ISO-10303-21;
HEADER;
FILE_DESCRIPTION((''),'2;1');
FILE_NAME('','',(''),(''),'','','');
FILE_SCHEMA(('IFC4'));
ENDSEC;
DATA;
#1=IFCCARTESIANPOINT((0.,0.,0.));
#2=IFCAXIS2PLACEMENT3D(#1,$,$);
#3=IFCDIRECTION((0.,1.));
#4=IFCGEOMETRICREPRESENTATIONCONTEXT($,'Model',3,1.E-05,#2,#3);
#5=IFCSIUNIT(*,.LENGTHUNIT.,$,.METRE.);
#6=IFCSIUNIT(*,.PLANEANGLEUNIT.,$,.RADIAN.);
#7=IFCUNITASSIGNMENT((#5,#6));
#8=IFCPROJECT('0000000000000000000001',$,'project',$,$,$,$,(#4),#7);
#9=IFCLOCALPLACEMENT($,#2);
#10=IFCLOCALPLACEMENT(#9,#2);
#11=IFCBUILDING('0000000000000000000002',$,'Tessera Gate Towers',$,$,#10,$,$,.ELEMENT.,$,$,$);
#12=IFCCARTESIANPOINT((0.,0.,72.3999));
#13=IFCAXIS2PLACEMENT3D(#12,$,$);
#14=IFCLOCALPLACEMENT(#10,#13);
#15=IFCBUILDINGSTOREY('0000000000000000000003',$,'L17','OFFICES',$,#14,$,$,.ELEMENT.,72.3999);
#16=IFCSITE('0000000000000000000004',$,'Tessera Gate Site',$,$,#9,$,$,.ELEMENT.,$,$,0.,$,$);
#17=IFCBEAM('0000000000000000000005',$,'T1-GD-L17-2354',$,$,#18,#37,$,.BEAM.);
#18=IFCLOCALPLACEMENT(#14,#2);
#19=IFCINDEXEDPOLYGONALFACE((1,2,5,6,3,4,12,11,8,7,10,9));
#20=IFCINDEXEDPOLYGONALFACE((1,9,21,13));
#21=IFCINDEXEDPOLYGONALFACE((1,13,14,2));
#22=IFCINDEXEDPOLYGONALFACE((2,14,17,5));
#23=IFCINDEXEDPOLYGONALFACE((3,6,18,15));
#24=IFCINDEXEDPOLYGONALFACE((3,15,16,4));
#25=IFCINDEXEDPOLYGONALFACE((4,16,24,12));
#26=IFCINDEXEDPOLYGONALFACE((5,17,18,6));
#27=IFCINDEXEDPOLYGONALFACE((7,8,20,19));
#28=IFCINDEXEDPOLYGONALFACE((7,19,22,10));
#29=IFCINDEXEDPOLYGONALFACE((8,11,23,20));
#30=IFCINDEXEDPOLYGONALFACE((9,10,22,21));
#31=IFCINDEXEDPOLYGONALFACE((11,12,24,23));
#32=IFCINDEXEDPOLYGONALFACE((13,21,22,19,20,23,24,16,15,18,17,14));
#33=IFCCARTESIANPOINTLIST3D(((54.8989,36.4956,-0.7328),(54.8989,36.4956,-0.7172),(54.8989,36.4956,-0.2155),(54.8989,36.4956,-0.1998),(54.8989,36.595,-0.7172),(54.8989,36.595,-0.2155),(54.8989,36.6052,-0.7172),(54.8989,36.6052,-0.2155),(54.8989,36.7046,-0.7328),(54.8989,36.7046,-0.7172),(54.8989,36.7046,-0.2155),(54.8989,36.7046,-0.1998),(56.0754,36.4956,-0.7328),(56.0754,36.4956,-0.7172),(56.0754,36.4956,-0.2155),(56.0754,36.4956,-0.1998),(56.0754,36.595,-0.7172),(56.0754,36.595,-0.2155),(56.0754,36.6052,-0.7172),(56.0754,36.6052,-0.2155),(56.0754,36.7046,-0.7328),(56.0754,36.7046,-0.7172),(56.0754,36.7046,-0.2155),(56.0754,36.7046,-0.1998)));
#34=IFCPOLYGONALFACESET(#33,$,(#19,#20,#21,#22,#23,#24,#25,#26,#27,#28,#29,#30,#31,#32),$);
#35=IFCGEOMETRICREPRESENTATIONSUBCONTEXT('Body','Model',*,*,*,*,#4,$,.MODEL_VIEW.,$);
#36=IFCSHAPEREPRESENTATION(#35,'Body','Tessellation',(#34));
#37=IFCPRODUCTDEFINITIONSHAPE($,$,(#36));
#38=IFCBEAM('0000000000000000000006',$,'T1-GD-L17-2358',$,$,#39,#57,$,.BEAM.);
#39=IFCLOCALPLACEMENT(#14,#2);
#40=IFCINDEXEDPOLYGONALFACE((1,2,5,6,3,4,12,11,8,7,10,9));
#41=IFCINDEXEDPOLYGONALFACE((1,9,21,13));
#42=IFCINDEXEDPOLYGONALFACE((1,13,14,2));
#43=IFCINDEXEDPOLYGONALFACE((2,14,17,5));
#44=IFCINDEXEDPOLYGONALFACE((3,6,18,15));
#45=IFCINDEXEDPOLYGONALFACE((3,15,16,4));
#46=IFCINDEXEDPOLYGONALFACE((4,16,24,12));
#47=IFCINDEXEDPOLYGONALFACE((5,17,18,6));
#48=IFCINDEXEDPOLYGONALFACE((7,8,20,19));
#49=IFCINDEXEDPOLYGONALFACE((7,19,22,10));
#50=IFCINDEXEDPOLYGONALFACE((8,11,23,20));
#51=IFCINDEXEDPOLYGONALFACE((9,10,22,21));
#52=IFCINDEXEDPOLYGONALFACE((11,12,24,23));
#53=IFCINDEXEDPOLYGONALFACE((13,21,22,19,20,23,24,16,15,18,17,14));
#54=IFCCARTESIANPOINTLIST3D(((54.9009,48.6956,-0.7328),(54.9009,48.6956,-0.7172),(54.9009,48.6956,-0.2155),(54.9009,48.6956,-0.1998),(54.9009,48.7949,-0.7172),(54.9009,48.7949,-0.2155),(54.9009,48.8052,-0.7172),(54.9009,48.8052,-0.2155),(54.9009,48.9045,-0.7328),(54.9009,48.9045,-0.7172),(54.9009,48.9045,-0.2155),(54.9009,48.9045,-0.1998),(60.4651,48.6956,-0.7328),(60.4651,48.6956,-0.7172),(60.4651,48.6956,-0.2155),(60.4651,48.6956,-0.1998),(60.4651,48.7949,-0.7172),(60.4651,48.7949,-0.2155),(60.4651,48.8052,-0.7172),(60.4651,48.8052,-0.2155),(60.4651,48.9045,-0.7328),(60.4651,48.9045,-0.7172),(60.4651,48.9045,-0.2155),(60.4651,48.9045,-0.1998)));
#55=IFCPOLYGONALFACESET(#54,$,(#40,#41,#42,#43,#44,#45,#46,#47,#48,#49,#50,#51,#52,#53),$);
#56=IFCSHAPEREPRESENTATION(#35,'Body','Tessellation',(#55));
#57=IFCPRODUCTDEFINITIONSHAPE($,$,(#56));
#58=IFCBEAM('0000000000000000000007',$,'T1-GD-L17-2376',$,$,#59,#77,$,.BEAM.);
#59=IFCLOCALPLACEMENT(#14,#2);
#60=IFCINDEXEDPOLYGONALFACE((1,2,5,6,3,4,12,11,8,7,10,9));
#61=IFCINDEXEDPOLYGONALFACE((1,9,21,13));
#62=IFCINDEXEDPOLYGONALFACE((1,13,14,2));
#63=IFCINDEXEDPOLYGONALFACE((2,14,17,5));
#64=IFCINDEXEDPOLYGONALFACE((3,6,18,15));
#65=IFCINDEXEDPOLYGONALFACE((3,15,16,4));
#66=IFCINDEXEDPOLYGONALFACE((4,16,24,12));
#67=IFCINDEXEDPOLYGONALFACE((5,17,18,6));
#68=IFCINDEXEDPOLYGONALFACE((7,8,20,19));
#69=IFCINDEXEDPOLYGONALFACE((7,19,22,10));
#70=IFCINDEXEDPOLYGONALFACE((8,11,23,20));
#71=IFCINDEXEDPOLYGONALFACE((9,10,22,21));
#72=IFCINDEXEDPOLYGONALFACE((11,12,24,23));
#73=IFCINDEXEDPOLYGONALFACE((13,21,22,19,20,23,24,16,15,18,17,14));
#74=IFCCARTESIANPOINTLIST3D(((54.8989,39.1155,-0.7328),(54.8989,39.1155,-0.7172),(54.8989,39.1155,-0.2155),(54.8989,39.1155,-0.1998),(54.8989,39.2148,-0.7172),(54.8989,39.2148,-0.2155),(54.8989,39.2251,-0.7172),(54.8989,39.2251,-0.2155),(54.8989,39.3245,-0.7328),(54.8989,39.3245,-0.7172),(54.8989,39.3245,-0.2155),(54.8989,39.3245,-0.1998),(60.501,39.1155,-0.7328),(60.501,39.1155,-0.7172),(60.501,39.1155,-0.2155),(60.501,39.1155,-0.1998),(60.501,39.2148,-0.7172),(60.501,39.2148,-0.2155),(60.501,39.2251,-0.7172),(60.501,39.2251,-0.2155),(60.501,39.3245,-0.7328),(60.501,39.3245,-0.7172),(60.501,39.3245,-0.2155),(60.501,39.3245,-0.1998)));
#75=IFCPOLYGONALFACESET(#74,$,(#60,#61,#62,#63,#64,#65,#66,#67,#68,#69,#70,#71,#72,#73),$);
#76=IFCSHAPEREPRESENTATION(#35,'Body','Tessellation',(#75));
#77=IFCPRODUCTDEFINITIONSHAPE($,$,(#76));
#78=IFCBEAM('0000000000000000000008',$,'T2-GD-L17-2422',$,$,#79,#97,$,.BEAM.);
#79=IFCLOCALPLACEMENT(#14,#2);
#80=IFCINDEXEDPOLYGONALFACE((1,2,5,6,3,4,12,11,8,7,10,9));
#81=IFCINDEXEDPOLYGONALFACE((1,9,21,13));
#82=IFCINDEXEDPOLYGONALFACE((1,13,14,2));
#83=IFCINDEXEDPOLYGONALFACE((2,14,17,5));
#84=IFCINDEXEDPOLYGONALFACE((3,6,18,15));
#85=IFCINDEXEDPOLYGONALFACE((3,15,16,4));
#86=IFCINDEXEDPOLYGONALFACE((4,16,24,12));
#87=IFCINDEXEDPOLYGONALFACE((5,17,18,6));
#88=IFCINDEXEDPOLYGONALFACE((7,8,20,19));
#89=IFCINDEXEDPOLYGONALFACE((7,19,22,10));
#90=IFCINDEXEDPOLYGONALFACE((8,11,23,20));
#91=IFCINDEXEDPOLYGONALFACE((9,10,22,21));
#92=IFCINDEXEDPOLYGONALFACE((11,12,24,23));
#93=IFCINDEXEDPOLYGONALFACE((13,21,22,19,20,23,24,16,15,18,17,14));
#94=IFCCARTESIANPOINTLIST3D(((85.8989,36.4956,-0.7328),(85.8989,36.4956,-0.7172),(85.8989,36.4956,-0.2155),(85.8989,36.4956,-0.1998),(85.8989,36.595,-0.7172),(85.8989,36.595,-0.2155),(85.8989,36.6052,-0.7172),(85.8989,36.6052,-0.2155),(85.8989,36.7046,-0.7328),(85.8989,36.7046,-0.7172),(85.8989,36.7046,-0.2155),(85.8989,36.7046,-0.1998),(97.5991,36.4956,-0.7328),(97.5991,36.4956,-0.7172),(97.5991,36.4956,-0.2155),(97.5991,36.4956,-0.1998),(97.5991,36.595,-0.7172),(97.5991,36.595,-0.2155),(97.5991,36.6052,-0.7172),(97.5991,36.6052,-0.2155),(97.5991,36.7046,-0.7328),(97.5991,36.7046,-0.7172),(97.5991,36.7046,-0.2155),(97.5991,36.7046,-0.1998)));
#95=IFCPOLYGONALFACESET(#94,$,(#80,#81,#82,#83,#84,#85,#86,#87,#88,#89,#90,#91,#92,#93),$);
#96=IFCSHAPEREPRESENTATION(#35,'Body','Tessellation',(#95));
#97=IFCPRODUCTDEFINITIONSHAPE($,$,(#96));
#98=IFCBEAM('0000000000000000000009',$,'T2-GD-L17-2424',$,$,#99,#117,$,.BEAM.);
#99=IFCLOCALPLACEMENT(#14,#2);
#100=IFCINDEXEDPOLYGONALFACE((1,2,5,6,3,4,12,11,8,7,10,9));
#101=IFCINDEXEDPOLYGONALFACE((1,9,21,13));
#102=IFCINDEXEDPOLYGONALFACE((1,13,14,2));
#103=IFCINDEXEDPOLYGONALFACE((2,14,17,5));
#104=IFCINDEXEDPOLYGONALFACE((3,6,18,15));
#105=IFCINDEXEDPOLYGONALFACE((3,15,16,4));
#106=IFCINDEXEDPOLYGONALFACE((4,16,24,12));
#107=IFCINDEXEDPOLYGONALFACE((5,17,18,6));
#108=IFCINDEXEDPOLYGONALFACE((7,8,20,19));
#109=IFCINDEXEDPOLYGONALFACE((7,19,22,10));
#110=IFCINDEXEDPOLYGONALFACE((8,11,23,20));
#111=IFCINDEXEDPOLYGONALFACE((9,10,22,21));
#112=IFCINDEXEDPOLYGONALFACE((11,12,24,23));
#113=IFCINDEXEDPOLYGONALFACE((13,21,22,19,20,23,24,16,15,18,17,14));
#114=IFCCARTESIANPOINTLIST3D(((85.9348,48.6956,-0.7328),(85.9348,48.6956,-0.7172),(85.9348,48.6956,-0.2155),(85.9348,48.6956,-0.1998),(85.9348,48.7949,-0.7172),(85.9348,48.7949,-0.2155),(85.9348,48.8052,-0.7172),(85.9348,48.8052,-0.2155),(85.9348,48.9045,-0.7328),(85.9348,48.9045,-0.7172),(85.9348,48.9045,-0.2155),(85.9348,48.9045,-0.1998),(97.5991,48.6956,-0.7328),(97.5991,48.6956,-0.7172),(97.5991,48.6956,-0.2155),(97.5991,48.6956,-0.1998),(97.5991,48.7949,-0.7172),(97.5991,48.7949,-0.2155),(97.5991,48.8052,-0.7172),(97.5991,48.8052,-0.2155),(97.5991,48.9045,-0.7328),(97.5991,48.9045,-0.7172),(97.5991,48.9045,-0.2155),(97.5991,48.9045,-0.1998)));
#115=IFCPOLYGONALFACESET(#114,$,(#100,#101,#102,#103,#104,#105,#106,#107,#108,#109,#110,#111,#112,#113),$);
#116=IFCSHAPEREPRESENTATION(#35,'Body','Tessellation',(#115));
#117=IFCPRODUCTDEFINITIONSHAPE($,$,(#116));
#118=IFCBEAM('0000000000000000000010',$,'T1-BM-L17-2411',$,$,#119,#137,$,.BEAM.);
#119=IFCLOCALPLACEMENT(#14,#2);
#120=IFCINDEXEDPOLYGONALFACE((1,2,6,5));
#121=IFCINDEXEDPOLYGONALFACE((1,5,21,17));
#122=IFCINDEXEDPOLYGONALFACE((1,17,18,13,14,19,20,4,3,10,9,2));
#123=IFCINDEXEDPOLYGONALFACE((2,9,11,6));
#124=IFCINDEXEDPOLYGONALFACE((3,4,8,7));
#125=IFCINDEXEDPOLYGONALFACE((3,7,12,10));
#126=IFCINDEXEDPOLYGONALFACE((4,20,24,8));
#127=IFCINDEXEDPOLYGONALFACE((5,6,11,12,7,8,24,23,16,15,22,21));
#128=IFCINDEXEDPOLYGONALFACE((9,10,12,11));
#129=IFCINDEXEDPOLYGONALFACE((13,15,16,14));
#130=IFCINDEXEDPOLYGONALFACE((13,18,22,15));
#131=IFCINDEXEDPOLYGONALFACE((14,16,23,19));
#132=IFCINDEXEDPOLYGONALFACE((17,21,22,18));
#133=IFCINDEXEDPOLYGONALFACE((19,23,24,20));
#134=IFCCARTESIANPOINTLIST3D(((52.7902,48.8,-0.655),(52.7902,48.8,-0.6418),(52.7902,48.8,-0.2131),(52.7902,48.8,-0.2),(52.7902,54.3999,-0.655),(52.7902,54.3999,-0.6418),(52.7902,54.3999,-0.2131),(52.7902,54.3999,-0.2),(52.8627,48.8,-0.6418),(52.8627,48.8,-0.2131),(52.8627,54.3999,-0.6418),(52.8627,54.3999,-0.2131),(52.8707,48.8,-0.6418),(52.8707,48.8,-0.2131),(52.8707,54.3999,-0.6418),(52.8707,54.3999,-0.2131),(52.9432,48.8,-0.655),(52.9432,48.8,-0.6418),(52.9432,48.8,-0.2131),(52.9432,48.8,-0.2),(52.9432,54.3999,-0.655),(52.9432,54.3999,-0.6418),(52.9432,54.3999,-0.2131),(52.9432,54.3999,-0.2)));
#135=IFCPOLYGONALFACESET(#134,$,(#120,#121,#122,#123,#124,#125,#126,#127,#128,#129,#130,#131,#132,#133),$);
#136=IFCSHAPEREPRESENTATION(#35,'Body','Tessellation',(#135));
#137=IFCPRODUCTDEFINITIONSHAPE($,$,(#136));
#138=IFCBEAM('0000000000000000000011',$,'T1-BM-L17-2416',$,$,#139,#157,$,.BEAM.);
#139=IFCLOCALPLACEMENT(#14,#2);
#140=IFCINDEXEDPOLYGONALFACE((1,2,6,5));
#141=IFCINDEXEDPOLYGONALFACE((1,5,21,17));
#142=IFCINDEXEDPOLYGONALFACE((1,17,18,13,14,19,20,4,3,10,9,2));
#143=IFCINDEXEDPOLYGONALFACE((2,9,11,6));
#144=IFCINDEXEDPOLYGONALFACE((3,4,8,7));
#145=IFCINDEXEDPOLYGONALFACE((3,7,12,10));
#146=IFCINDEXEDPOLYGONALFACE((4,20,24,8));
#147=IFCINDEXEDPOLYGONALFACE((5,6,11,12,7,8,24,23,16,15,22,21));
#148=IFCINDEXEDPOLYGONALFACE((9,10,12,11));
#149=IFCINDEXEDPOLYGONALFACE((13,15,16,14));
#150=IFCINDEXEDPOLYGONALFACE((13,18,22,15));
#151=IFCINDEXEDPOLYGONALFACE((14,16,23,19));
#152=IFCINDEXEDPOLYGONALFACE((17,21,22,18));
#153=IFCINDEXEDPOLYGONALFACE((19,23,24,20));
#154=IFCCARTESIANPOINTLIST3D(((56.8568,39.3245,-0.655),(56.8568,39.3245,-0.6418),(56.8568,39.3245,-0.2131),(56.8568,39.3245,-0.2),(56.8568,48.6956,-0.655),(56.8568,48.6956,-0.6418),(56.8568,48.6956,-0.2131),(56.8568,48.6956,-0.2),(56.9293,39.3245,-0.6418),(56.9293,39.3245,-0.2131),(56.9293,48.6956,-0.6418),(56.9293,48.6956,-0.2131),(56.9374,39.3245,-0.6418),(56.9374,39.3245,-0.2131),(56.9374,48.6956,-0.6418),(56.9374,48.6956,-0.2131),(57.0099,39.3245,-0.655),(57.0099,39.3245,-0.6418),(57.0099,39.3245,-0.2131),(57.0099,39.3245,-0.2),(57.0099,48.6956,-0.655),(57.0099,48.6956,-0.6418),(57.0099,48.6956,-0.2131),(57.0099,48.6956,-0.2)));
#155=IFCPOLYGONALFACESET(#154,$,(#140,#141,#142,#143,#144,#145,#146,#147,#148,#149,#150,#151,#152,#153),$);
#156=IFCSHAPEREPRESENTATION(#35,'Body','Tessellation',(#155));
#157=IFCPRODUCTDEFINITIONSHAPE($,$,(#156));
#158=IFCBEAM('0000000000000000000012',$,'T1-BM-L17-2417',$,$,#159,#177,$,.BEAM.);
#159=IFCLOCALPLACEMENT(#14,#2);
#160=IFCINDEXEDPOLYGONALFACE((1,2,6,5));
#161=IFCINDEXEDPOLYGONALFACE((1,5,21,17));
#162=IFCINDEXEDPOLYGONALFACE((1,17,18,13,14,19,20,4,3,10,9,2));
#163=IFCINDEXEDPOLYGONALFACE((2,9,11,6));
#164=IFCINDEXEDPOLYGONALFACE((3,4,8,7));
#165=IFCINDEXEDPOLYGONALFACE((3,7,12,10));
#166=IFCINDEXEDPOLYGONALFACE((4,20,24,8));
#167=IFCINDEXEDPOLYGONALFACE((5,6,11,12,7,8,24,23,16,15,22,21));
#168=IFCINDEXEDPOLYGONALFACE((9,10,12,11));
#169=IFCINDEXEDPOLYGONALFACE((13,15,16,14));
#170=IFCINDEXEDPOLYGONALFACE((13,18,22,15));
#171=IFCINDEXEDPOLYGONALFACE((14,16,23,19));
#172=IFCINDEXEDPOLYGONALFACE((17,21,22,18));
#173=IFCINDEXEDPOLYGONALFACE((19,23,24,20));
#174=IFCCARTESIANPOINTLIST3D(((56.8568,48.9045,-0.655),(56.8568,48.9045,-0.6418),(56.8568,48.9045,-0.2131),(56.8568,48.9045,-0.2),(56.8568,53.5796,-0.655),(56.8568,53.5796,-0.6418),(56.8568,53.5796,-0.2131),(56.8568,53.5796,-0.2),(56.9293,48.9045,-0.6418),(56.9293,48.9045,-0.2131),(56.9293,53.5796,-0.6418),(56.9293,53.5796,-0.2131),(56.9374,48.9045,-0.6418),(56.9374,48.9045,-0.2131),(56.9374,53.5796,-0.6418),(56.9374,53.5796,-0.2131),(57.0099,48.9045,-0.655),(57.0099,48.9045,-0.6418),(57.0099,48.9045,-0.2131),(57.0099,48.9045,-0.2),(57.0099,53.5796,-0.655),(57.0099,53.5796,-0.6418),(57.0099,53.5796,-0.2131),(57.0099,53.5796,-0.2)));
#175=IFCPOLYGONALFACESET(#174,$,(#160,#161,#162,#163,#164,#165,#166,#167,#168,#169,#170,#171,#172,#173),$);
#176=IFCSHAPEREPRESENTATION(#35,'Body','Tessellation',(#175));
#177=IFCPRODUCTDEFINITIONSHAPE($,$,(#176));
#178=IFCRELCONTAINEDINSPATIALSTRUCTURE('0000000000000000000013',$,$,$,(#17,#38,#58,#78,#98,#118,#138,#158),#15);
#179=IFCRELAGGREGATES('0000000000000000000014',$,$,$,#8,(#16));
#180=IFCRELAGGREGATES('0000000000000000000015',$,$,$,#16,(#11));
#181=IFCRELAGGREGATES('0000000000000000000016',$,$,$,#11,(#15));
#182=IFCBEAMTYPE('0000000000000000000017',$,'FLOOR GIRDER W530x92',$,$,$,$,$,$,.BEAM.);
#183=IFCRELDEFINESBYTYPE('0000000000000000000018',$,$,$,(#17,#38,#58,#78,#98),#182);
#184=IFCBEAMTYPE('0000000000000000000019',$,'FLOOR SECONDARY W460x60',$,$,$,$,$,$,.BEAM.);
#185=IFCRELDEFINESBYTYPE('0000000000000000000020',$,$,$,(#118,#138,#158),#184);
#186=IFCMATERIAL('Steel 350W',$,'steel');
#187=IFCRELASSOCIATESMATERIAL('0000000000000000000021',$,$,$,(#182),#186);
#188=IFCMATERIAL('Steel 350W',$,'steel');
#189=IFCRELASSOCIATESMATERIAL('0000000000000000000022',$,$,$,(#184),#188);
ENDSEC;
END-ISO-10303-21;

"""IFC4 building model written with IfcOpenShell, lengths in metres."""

from ifc_helpers import new_model, si_unit, direction, frame, origin, origin_2d, place, context, subcontext, project, spatial, i_section, extrude, material, material_profile, profile_set, type_object, element, save


model = new_model("IFC4")

# Units and contexts
model_context = context("Model", 3, precision=1e-05, world=origin(), true_north=direction((0.0, 1.0)))
body_context = subcontext(model_context, "Body", "Model", "MODEL_VIEW")
ifc_project = project(units=[si_unit("LENGTHUNIT", "METRE"), si_unit("PLANEANGLEUNIT", "RADIAN")], contexts=[model_context])

# Site, building, storey
site_placement = place(None, origin())
site = spatial("IfcSite", under=ifc_project, at=site_placement, Name="Tessera Gate Site", CompositionType="ELEMENT", RefElevation=0.0)
building_placement = place(site_placement, origin())
building = spatial("IfcBuilding", under=site, at=building_placement, Name="Tessera Gate Towers", CompositionType="ELEMENT")
storey_placement = place(building_placement, frame((0.0, 0.0, 72.3999)))
storey = spatial("IfcBuildingStorey", under=building, at=storey_placement, Name="L17", Description="OFFICES", CompositionType="ELEMENT", Elevation=72.3999)

# Beams
ifc_material_1 = material(Name="Steel 350W", Category="steel")
ifc_material_profile_1 = material_profile(ifc_material_1, i_section(OverallWidth=0.209, OverallDepth=0.533, WebThickness=0.0103, FlangeThickness=0.0156, at=origin_2d()), Name="W530x92")
ifc_profile_set_1 = profile_set([ifc_material_profile_1], Name="Steel 350W")
beam_type_1 = type_object("IfcBeamType", Name="FLOOR GIRDER W530x92", PredefinedType="BEAM", material=ifc_profile_set_1)
beam_1_placement = place(storey_placement, frame((54.8989, 36.6001, -0.4663), z_axis=(1.0, 0.0, 0.0), x_axis=(0.0, 1.0, 0.0)))
element("IfcBeam", 1, at=beam_1_placement, inside=storey, type_object=beam_type_1, Name="T1-GD-L17-2354", PredefinedType="BEAM", context=body_context, shape_type="SweptSolid", body=[
    extrude(i_section(OverallWidth=0.209, OverallDepth=0.533, WebThickness=0.0103, FlangeThickness=0.0156, at=origin_2d()), origin(), (0.0, 0.0, 1.0), 1.1765),
])
beam_2_placement = place(storey_placement, frame((54.9009, 48.8, -0.4663), z_axis=(1.0, 0.0, 0.0), x_axis=(0.0, 1.0, 0.0)))
element("IfcBeam", 2, at=beam_2_placement, inside=storey, type_object=beam_type_1, Name="T1-GD-L17-2358", PredefinedType="BEAM", context=body_context, shape_type="SweptSolid", body=[
    extrude(i_section(OverallWidth=0.209, OverallDepth=0.533, WebThickness=0.0103, FlangeThickness=0.0156, at=origin_2d()), origin(), (0.0, 0.0, 1.0), 5.5642),
])
beam_3_placement = place(storey_placement, frame((54.8989, 39.22, -0.4663), z_axis=(1.0, 0.0, 0.0), x_axis=(0.0, 1.0, 0.0)))
element("IfcBeam", 3, at=beam_3_placement, inside=storey, type_object=beam_type_1, Name="T1-GD-L17-2376", PredefinedType="BEAM", context=body_context, shape_type="SweptSolid", body=[
    extrude(i_section(OverallWidth=0.209, OverallDepth=0.533, WebThickness=0.0103, FlangeThickness=0.0156, at=origin_2d()), origin(), (0.0, 0.0, 1.0), 5.6021),
])
beam_4_placement = place(storey_placement, frame((85.8989, 36.6001, -0.4663), z_axis=(1.0, 0.0, 0.0), x_axis=(0.0, 1.0, 0.0)))
element("IfcBeam", 4, at=beam_4_placement, inside=storey, type_object=beam_type_1, Name="T2-GD-L17-2422", PredefinedType="BEAM", context=body_context, shape_type="SweptSolid", body=[
    extrude(i_section(OverallWidth=0.209, OverallDepth=0.533, WebThickness=0.0103, FlangeThickness=0.0156, at=origin_2d()), origin(), (0.0, 0.0, 1.0), 11.7002),
])
beam_5_placement = place(storey_placement, frame((85.9348, 48.8, -0.4663), z_axis=(1.0, 0.0, 0.0), x_axis=(0.0, 1.0, 0.0)))
element("IfcBeam", 5, at=beam_5_placement, inside=storey, type_object=beam_type_1, Name="T2-GD-L17-2424", PredefinedType="BEAM", context=body_context, shape_type="SweptSolid", body=[
    extrude(i_section(OverallWidth=0.209, OverallDepth=0.533, WebThickness=0.0103, FlangeThickness=0.0156, at=origin_2d()), origin(), (0.0, 0.0, 1.0), 11.6643),
])
ifc_material_2 = material(Name="Steel 350W", Category="steel")
ifc_material_profile_2 = material_profile(ifc_material_2, i_section(OverallWidth=0.1531, OverallDepth=0.4551, WebThickness=0.0081, FlangeThickness=0.0132, at=origin_2d()), Name="W460x60")
ifc_profile_set_2 = profile_set([ifc_material_profile_2], Name="Steel 350W")
beam_type_2 = type_object("IfcBeamType", Name="FLOOR SECONDARY W460x60", PredefinedType="BEAM", material=ifc_profile_set_2)
beam_6_placement = place(storey_placement, frame((52.8667, 48.8, -0.4275), z_axis=(0.0, 1.0, 0.0), x_axis=(-1.0, 0.0, 0.0)))
element("IfcBeam", 6, at=beam_6_placement, inside=storey, type_object=beam_type_2, Name="T1-BM-L17-2411", PredefinedType="BEAM", context=body_context, shape_type="SweptSolid", body=[
    extrude(i_section(OverallWidth=0.1531, OverallDepth=0.4551, WebThickness=0.0081, FlangeThickness=0.0132, at=origin_2d()), origin(), (0.0, 0.0, 1.0), 5.5999),
])
beam_7_placement = place(storey_placement, frame((56.9333, 39.3245, -0.4275), z_axis=(0.0, 1.0, 0.0), x_axis=(-1.0, 0.0, 0.0)))
element("IfcBeam", 7, at=beam_7_placement, inside=storey, type_object=beam_type_2, Name="T1-BM-L17-2416", PredefinedType="BEAM", context=body_context, shape_type="SweptSolid", body=[
    extrude(i_section(OverallWidth=0.1531, OverallDepth=0.4551, WebThickness=0.0081, FlangeThickness=0.0132, at=origin_2d()), origin(), (0.0, 0.0, 1.0), 9.3711),
])
beam_8_placement = place(storey_placement, frame((56.9333, 48.9045, -0.4275), z_axis=(0.0, 1.0, 0.0), x_axis=(-1.0, 0.0, 0.0)))
element("IfcBeam", 8, at=beam_8_placement, inside=storey, type_object=beam_type_2, Name="T1-BM-L17-2417", PredefinedType="BEAM", context=body_context, shape_type="SweptSolid", body=[
    extrude(i_section(OverallWidth=0.1531, OverallDepth=0.4551, WebThickness=0.0081, FlangeThickness=0.0132, at=origin_2d()), origin(), (0.0, 0.0, 1.0), 4.675),
])

save(model, "model.ifc")
